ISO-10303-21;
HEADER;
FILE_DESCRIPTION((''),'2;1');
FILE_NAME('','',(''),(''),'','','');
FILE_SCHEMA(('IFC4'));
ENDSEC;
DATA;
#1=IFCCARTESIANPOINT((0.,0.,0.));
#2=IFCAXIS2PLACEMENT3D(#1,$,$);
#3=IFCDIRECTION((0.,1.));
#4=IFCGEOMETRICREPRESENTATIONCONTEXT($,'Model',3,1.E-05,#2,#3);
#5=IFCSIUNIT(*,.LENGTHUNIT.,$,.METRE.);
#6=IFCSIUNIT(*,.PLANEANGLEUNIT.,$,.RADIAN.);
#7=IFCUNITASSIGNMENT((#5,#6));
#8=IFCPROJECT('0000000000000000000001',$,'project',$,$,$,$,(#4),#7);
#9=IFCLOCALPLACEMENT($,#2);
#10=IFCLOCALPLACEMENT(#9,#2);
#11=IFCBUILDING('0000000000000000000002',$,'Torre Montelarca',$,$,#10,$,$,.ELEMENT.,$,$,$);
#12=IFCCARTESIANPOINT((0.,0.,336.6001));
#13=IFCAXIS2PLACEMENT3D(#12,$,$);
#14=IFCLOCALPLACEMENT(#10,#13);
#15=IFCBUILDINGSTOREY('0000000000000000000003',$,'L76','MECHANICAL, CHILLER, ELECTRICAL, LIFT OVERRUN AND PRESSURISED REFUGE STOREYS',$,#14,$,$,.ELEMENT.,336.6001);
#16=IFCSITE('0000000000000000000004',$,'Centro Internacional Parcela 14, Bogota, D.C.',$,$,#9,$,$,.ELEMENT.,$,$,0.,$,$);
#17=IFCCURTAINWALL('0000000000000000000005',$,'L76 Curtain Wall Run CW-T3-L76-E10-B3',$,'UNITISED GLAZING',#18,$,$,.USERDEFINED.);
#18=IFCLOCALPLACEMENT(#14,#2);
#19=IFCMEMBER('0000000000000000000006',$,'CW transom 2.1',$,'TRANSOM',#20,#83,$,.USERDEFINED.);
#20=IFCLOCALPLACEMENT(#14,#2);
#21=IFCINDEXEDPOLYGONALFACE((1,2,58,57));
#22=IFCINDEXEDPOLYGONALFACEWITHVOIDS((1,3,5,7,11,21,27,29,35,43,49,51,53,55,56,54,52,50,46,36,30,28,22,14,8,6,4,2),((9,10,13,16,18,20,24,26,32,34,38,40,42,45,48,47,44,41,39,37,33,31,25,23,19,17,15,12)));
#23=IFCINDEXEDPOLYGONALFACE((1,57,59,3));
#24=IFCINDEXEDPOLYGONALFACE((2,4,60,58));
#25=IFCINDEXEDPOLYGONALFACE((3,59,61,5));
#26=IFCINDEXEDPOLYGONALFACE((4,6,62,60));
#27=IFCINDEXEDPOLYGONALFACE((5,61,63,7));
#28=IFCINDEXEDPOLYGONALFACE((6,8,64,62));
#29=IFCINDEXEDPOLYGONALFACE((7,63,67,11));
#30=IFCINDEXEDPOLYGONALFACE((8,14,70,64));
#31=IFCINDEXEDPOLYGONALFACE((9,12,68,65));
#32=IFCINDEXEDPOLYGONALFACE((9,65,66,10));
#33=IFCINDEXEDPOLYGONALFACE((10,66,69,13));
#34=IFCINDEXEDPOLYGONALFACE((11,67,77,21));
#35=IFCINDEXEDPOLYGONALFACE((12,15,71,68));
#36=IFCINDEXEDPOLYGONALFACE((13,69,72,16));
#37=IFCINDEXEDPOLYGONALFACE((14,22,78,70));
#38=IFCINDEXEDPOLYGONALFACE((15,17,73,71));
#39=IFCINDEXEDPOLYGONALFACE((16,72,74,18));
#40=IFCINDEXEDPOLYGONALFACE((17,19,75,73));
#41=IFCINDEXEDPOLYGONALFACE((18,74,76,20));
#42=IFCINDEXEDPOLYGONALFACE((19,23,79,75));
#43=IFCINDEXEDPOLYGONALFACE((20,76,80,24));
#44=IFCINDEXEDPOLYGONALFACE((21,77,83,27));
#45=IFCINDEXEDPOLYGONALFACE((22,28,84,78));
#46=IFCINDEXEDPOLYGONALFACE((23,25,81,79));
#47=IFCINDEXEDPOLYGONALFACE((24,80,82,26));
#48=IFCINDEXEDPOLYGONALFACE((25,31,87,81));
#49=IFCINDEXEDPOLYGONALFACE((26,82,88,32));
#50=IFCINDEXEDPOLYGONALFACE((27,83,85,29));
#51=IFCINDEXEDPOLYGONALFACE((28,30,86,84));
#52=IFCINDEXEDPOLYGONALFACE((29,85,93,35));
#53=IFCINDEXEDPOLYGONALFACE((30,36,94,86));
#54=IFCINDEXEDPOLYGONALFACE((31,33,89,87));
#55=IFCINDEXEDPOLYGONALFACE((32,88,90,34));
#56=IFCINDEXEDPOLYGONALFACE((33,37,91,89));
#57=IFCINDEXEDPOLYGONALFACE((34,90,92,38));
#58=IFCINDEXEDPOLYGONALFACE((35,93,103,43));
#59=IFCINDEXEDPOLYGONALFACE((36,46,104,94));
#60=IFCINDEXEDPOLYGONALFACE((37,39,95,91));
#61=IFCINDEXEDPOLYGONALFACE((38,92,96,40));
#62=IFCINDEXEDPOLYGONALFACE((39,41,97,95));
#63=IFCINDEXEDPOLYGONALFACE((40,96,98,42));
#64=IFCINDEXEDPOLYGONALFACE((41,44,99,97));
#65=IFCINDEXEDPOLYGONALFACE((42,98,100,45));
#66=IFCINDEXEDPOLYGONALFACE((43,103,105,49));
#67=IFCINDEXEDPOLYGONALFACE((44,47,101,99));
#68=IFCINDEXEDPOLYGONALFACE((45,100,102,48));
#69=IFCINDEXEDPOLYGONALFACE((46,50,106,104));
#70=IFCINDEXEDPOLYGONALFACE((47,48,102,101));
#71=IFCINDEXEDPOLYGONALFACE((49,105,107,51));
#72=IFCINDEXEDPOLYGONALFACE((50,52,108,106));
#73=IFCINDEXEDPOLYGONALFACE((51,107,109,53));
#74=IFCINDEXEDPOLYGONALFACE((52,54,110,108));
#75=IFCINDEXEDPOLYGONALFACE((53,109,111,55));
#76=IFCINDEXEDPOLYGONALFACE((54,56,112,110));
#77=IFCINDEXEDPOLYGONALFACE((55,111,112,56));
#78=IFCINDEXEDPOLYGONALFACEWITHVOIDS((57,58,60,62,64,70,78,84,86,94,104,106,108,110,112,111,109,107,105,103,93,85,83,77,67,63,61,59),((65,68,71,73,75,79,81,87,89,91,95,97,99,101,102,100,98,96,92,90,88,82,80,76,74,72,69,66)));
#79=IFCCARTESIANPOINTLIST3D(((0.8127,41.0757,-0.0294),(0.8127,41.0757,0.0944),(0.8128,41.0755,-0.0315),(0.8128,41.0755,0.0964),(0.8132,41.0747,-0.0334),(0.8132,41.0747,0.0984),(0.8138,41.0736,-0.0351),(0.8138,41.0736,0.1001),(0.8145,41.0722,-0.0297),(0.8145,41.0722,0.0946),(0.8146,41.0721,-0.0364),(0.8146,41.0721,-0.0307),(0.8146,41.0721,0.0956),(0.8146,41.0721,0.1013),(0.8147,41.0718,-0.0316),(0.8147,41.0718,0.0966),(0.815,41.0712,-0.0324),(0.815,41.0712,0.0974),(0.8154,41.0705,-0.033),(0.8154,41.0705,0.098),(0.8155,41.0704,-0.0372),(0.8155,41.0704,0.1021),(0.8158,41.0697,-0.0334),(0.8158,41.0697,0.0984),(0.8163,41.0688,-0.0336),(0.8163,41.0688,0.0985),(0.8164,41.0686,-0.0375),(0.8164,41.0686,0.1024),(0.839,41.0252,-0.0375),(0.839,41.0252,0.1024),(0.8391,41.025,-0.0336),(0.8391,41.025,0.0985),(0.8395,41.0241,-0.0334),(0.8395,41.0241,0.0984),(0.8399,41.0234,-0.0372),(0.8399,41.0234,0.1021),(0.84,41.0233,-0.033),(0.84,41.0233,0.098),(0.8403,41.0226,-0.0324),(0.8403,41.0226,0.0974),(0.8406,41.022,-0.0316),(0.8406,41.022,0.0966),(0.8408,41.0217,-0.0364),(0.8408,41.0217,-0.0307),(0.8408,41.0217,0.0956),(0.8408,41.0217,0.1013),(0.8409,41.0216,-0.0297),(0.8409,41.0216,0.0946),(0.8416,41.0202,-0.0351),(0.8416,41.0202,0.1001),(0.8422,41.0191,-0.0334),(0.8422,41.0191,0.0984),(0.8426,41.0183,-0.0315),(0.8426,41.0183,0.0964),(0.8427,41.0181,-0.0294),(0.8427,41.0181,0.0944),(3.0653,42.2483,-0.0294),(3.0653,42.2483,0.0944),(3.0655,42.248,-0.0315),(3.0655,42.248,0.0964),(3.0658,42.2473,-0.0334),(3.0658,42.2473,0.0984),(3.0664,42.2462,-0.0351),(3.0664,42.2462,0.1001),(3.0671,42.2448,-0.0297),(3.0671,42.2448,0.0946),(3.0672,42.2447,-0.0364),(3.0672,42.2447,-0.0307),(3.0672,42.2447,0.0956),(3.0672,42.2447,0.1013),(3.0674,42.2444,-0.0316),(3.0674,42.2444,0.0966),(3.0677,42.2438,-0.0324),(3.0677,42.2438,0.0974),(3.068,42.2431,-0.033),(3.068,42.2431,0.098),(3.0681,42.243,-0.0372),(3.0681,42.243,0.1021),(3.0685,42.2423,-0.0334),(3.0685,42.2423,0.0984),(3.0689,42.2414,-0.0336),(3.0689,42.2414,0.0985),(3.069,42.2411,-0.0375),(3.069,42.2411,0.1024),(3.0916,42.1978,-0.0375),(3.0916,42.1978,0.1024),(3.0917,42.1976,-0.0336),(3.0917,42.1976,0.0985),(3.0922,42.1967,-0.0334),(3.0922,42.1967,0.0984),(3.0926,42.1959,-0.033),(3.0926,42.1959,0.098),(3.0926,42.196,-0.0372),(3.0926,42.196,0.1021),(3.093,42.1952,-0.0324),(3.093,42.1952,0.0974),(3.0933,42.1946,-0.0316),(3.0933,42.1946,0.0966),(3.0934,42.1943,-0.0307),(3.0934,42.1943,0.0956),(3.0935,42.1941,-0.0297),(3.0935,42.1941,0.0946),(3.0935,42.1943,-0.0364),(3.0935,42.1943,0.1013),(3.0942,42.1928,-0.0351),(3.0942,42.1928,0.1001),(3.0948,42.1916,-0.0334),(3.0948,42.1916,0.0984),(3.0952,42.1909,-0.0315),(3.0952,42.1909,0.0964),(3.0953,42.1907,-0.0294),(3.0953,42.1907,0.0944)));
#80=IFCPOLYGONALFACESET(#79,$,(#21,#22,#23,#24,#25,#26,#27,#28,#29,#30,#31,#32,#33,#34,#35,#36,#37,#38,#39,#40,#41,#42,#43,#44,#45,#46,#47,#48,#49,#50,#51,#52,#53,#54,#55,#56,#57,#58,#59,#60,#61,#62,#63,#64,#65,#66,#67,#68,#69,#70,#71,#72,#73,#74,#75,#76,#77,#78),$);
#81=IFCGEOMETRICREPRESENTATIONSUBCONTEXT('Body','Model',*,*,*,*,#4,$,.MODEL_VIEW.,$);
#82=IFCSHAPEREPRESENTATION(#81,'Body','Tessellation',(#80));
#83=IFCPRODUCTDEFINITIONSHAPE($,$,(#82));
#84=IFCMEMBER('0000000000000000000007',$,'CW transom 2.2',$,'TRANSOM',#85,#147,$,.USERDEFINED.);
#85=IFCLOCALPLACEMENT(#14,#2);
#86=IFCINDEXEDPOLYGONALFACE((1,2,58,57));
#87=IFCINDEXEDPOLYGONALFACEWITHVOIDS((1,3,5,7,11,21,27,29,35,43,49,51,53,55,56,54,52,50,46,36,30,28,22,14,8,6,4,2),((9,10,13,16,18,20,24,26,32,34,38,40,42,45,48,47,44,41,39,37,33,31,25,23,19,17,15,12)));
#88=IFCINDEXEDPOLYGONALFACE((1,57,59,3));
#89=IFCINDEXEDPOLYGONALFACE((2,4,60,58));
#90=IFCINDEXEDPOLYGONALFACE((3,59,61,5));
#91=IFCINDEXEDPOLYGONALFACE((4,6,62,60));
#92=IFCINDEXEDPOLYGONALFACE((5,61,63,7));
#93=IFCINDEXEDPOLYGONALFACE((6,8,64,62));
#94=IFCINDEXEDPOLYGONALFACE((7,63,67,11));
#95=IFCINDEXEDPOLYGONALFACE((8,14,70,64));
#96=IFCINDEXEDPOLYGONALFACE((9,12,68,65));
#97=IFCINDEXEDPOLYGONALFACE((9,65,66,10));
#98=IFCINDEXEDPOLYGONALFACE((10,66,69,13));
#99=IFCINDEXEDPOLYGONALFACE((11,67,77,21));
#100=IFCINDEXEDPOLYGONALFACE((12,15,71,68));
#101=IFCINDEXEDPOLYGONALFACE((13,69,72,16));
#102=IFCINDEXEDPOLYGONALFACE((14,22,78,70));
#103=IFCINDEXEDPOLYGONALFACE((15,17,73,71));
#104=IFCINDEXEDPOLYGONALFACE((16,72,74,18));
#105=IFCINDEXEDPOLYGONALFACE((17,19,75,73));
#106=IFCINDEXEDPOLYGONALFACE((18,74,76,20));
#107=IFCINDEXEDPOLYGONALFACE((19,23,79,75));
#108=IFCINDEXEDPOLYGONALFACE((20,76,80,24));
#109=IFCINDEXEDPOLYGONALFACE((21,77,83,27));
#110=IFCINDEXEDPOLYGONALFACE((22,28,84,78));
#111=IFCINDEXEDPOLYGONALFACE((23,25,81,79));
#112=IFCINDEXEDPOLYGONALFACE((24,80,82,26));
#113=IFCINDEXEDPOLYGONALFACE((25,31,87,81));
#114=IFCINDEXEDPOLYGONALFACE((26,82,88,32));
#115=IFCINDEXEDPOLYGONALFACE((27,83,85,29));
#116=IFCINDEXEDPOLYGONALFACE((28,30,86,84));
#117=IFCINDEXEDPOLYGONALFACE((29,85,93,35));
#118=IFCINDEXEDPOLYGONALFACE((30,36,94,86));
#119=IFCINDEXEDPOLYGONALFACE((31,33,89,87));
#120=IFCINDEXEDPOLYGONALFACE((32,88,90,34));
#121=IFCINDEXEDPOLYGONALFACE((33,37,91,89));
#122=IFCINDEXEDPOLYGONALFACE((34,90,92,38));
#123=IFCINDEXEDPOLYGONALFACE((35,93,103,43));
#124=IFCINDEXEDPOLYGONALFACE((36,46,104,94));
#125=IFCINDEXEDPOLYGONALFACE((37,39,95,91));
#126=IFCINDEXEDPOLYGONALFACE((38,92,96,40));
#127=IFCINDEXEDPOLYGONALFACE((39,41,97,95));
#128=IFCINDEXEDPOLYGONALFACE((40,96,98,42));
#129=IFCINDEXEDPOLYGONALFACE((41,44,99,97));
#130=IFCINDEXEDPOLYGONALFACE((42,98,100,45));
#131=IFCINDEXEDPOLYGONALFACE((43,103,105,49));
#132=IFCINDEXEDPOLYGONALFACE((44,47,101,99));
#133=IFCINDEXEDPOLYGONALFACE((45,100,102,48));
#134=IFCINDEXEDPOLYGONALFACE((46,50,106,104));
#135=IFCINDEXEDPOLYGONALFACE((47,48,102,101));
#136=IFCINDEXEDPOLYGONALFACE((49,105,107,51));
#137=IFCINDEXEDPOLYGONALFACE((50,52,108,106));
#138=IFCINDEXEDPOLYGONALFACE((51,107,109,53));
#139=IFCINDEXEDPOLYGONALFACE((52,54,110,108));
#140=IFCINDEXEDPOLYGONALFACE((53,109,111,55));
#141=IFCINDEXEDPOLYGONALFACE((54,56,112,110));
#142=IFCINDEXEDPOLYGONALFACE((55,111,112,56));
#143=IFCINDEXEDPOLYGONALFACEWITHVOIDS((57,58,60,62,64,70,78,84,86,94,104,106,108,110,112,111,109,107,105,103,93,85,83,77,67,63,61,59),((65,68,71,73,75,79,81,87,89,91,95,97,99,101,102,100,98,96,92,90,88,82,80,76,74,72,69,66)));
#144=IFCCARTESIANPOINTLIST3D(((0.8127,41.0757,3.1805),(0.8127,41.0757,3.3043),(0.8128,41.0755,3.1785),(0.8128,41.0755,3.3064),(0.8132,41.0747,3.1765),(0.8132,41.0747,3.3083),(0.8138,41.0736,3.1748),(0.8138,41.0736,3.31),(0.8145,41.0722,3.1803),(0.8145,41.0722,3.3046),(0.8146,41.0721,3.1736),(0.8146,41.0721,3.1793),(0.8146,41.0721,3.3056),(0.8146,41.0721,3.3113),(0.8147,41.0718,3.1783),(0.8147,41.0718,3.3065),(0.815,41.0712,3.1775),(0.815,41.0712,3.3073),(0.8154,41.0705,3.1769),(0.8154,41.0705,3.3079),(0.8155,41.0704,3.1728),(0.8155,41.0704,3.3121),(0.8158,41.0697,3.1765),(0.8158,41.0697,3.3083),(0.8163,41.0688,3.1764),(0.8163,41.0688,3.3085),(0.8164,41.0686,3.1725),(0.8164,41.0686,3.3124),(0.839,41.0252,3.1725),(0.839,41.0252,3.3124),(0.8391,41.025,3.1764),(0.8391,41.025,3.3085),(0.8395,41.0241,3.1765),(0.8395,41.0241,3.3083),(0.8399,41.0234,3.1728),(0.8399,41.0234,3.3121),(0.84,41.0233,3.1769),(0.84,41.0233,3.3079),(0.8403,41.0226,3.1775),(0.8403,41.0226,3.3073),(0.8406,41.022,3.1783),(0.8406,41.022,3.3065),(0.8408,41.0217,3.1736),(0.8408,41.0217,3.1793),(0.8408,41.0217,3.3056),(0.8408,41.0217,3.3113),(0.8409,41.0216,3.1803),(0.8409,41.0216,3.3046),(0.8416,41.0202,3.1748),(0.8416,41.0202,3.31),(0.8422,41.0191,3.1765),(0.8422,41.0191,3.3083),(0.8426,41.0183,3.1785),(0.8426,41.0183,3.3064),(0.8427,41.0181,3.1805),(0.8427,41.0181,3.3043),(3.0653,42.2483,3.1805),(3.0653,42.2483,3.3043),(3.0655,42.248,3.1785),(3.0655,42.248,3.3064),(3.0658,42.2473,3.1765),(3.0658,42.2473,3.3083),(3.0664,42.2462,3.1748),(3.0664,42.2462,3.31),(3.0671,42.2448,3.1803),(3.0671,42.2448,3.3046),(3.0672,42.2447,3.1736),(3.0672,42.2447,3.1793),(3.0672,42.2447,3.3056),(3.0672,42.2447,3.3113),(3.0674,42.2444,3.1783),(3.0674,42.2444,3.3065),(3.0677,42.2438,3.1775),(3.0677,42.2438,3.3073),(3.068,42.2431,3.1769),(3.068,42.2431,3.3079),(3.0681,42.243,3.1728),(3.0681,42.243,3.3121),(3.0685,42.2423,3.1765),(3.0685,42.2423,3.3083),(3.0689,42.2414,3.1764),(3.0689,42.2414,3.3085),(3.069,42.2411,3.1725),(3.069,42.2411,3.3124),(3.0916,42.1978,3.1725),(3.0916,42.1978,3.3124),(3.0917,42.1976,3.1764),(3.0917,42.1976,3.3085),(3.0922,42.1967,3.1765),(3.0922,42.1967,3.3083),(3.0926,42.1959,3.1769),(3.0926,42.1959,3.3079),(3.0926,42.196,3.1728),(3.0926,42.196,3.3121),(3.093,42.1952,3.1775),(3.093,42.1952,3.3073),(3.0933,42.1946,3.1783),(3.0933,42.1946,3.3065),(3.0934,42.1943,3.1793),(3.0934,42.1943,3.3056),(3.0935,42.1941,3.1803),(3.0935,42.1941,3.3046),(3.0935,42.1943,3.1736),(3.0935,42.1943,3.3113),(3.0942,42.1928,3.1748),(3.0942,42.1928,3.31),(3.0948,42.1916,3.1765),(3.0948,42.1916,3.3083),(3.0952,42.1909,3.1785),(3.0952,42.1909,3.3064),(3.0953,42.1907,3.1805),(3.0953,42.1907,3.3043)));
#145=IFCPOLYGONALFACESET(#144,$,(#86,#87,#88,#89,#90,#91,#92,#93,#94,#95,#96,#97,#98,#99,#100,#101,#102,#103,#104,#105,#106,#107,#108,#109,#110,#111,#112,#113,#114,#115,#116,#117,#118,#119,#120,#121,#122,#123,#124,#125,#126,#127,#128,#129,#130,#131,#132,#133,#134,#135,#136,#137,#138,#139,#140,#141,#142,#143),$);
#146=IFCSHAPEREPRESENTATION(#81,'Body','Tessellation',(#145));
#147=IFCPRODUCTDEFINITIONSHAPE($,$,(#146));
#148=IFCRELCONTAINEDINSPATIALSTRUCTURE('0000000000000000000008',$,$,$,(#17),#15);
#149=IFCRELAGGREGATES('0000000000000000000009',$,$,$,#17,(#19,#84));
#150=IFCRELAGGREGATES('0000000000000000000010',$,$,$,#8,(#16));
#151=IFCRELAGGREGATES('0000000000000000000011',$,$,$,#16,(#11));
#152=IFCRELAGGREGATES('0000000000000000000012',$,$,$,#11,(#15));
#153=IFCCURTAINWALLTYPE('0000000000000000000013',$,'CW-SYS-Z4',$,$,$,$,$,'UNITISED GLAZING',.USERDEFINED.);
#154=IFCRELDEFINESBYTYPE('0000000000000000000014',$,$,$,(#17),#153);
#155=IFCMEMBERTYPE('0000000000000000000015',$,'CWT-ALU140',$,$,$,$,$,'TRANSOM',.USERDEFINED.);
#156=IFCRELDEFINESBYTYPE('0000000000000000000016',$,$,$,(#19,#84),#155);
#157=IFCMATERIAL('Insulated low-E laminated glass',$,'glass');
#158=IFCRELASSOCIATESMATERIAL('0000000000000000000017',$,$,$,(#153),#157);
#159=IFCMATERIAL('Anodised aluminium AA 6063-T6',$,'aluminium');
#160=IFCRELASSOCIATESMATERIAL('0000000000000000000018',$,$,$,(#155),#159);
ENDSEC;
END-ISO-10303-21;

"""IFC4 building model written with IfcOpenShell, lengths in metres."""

from ifc_helpers import new_model, si_unit, direction, frame, origin, origin_2d, place, context, subcontext, project, spatial, hollow_rectangle, extrude, source, transform, mapped, material, material_profile, profile_set, type_object, element, aggregate, save


model = new_model("IFC4")

# Units and contexts
model_context = context("Model", 3, precision=1e-05, world=origin(), true_north=direction((0.0, 1.0)))
body_context = subcontext(model_context, "Body", "Model", "MODEL_VIEW")
ifc_project = project(units=[si_unit("LENGTHUNIT", "METRE"), si_unit("PLANEANGLEUNIT", "RADIAN")], contexts=[model_context])

# Site, building, storey
site_placement = place(None, origin())
site = spatial("IfcSite", under=ifc_project, at=site_placement, Name="Centro Internacional Parcela 14, Bogota, D.C.", CompositionType="ELEMENT", RefElevation=0.0)
building_placement = place(site_placement, origin())
building = spatial("IfcBuilding", under=site, at=building_placement, Name="Torre Montelarca", CompositionType="ELEMENT")
storey_placement = place(building_placement, frame((0.0, 0.0, 336.6001)))
storey = spatial("IfcBuildingStorey", under=building, at=storey_placement, Name="L76", Description="MECHANICAL, CHILLER, ELECTRICAL, LIFT OVERRUN AND PRESSURISED REFUGE STOREYS", CompositionType="ELEMENT", Elevation=336.6001)

# Shared definitions
ifc_material_1 = material(Name="Insulated low-E laminated glass", Category="glass")
curtain_wall_type = type_object("IfcCurtainWallType", Name="CW-SYS-Z4", ElementType="UNITISED GLAZING", PredefinedType="USERDEFINED", material=ifc_material_1)
ifc_material_2 = material(Name="Anodised aluminium AA 6063-T6", Category="aluminium")

# Curtain wall, members
curtain_wall_1_placement = place(storey_placement, origin())
curtain_wall_1 = element("IfcCurtainWall", 1, at=curtain_wall_1_placement, inside=storey, type_object=curtain_wall_type, Name="L76 Curtain Wall Run CW-T3-L76-E10-B3", ObjectType="UNITISED GLAZING", PredefinedType="USERDEFINED")
ifc_material_profile_1 = material_profile(ifc_material_2, hollow_rectangle(XDim=0.0649, YDim=0.1399, WallThickness=0.0039, InnerFilletRadius=0.0039, OuterFilletRadius=0.0081, at=origin_2d()), Name="ALU65X140X4", Category="aluminium")
ifc_profile_set_1 = profile_set([ifc_material_profile_1], Name="Anodised aluminium AA 6063-T6")
member_type_1 = type_object("IfcMemberType", Name="CWT-ALU140", ElementType="TRANSOM", PredefinedType="USERDEFINED", material=ifc_profile_set_1)
shared_shape_1 = source(origin(), body_context, "Body", "SweptSolid", [
    extrude(hollow_rectangle(XDim=0.0649, YDim=0.1399, WallThickness=0.0039, InnerFilletRadius=0.0039, OuterFilletRadius=0.0081, at=origin_2d()), origin(), (0.0, 0.0, 1.0), 2.5396),
])
member_1_placement = place(storey_placement, frame((3.0803, 42.2195, 0.0325), z_axis=(-0.887022, -0.461728, 0.0), x_axis=(0.461728, -0.887022, 0.0)))
member_1 = element("IfcMember", 2, at=member_1_placement, type_object=member_type_1, Name="CW transom 2.1", ObjectType="TRANSOM", PredefinedType="USERDEFINED", context=body_context, shape_type="MappedRepresentation", body=[
    mapped(shared_shape_1, transform((0.0, 0.0, 0.0), scale=1.0)),
])
member_2_placement = place(storey_placement, frame((3.0803, 42.2195, 3.2424), z_axis=(-0.887022, -0.461728, 0.0), x_axis=(0.461728, -0.887022, 0.0)))
member_2 = element("IfcMember", 3, at=member_2_placement, type_object=member_type_1, Name="CW transom 2.2", ObjectType="TRANSOM", PredefinedType="USERDEFINED", context=body_context, shape_type="MappedRepresentation", body=[
    mapped(shared_shape_1, transform((0.0, 0.0, 0.0), scale=1.0)),
])

aggregate(curtain_wall_1, [member_1, member_2])

save(model, "model.ifc")
